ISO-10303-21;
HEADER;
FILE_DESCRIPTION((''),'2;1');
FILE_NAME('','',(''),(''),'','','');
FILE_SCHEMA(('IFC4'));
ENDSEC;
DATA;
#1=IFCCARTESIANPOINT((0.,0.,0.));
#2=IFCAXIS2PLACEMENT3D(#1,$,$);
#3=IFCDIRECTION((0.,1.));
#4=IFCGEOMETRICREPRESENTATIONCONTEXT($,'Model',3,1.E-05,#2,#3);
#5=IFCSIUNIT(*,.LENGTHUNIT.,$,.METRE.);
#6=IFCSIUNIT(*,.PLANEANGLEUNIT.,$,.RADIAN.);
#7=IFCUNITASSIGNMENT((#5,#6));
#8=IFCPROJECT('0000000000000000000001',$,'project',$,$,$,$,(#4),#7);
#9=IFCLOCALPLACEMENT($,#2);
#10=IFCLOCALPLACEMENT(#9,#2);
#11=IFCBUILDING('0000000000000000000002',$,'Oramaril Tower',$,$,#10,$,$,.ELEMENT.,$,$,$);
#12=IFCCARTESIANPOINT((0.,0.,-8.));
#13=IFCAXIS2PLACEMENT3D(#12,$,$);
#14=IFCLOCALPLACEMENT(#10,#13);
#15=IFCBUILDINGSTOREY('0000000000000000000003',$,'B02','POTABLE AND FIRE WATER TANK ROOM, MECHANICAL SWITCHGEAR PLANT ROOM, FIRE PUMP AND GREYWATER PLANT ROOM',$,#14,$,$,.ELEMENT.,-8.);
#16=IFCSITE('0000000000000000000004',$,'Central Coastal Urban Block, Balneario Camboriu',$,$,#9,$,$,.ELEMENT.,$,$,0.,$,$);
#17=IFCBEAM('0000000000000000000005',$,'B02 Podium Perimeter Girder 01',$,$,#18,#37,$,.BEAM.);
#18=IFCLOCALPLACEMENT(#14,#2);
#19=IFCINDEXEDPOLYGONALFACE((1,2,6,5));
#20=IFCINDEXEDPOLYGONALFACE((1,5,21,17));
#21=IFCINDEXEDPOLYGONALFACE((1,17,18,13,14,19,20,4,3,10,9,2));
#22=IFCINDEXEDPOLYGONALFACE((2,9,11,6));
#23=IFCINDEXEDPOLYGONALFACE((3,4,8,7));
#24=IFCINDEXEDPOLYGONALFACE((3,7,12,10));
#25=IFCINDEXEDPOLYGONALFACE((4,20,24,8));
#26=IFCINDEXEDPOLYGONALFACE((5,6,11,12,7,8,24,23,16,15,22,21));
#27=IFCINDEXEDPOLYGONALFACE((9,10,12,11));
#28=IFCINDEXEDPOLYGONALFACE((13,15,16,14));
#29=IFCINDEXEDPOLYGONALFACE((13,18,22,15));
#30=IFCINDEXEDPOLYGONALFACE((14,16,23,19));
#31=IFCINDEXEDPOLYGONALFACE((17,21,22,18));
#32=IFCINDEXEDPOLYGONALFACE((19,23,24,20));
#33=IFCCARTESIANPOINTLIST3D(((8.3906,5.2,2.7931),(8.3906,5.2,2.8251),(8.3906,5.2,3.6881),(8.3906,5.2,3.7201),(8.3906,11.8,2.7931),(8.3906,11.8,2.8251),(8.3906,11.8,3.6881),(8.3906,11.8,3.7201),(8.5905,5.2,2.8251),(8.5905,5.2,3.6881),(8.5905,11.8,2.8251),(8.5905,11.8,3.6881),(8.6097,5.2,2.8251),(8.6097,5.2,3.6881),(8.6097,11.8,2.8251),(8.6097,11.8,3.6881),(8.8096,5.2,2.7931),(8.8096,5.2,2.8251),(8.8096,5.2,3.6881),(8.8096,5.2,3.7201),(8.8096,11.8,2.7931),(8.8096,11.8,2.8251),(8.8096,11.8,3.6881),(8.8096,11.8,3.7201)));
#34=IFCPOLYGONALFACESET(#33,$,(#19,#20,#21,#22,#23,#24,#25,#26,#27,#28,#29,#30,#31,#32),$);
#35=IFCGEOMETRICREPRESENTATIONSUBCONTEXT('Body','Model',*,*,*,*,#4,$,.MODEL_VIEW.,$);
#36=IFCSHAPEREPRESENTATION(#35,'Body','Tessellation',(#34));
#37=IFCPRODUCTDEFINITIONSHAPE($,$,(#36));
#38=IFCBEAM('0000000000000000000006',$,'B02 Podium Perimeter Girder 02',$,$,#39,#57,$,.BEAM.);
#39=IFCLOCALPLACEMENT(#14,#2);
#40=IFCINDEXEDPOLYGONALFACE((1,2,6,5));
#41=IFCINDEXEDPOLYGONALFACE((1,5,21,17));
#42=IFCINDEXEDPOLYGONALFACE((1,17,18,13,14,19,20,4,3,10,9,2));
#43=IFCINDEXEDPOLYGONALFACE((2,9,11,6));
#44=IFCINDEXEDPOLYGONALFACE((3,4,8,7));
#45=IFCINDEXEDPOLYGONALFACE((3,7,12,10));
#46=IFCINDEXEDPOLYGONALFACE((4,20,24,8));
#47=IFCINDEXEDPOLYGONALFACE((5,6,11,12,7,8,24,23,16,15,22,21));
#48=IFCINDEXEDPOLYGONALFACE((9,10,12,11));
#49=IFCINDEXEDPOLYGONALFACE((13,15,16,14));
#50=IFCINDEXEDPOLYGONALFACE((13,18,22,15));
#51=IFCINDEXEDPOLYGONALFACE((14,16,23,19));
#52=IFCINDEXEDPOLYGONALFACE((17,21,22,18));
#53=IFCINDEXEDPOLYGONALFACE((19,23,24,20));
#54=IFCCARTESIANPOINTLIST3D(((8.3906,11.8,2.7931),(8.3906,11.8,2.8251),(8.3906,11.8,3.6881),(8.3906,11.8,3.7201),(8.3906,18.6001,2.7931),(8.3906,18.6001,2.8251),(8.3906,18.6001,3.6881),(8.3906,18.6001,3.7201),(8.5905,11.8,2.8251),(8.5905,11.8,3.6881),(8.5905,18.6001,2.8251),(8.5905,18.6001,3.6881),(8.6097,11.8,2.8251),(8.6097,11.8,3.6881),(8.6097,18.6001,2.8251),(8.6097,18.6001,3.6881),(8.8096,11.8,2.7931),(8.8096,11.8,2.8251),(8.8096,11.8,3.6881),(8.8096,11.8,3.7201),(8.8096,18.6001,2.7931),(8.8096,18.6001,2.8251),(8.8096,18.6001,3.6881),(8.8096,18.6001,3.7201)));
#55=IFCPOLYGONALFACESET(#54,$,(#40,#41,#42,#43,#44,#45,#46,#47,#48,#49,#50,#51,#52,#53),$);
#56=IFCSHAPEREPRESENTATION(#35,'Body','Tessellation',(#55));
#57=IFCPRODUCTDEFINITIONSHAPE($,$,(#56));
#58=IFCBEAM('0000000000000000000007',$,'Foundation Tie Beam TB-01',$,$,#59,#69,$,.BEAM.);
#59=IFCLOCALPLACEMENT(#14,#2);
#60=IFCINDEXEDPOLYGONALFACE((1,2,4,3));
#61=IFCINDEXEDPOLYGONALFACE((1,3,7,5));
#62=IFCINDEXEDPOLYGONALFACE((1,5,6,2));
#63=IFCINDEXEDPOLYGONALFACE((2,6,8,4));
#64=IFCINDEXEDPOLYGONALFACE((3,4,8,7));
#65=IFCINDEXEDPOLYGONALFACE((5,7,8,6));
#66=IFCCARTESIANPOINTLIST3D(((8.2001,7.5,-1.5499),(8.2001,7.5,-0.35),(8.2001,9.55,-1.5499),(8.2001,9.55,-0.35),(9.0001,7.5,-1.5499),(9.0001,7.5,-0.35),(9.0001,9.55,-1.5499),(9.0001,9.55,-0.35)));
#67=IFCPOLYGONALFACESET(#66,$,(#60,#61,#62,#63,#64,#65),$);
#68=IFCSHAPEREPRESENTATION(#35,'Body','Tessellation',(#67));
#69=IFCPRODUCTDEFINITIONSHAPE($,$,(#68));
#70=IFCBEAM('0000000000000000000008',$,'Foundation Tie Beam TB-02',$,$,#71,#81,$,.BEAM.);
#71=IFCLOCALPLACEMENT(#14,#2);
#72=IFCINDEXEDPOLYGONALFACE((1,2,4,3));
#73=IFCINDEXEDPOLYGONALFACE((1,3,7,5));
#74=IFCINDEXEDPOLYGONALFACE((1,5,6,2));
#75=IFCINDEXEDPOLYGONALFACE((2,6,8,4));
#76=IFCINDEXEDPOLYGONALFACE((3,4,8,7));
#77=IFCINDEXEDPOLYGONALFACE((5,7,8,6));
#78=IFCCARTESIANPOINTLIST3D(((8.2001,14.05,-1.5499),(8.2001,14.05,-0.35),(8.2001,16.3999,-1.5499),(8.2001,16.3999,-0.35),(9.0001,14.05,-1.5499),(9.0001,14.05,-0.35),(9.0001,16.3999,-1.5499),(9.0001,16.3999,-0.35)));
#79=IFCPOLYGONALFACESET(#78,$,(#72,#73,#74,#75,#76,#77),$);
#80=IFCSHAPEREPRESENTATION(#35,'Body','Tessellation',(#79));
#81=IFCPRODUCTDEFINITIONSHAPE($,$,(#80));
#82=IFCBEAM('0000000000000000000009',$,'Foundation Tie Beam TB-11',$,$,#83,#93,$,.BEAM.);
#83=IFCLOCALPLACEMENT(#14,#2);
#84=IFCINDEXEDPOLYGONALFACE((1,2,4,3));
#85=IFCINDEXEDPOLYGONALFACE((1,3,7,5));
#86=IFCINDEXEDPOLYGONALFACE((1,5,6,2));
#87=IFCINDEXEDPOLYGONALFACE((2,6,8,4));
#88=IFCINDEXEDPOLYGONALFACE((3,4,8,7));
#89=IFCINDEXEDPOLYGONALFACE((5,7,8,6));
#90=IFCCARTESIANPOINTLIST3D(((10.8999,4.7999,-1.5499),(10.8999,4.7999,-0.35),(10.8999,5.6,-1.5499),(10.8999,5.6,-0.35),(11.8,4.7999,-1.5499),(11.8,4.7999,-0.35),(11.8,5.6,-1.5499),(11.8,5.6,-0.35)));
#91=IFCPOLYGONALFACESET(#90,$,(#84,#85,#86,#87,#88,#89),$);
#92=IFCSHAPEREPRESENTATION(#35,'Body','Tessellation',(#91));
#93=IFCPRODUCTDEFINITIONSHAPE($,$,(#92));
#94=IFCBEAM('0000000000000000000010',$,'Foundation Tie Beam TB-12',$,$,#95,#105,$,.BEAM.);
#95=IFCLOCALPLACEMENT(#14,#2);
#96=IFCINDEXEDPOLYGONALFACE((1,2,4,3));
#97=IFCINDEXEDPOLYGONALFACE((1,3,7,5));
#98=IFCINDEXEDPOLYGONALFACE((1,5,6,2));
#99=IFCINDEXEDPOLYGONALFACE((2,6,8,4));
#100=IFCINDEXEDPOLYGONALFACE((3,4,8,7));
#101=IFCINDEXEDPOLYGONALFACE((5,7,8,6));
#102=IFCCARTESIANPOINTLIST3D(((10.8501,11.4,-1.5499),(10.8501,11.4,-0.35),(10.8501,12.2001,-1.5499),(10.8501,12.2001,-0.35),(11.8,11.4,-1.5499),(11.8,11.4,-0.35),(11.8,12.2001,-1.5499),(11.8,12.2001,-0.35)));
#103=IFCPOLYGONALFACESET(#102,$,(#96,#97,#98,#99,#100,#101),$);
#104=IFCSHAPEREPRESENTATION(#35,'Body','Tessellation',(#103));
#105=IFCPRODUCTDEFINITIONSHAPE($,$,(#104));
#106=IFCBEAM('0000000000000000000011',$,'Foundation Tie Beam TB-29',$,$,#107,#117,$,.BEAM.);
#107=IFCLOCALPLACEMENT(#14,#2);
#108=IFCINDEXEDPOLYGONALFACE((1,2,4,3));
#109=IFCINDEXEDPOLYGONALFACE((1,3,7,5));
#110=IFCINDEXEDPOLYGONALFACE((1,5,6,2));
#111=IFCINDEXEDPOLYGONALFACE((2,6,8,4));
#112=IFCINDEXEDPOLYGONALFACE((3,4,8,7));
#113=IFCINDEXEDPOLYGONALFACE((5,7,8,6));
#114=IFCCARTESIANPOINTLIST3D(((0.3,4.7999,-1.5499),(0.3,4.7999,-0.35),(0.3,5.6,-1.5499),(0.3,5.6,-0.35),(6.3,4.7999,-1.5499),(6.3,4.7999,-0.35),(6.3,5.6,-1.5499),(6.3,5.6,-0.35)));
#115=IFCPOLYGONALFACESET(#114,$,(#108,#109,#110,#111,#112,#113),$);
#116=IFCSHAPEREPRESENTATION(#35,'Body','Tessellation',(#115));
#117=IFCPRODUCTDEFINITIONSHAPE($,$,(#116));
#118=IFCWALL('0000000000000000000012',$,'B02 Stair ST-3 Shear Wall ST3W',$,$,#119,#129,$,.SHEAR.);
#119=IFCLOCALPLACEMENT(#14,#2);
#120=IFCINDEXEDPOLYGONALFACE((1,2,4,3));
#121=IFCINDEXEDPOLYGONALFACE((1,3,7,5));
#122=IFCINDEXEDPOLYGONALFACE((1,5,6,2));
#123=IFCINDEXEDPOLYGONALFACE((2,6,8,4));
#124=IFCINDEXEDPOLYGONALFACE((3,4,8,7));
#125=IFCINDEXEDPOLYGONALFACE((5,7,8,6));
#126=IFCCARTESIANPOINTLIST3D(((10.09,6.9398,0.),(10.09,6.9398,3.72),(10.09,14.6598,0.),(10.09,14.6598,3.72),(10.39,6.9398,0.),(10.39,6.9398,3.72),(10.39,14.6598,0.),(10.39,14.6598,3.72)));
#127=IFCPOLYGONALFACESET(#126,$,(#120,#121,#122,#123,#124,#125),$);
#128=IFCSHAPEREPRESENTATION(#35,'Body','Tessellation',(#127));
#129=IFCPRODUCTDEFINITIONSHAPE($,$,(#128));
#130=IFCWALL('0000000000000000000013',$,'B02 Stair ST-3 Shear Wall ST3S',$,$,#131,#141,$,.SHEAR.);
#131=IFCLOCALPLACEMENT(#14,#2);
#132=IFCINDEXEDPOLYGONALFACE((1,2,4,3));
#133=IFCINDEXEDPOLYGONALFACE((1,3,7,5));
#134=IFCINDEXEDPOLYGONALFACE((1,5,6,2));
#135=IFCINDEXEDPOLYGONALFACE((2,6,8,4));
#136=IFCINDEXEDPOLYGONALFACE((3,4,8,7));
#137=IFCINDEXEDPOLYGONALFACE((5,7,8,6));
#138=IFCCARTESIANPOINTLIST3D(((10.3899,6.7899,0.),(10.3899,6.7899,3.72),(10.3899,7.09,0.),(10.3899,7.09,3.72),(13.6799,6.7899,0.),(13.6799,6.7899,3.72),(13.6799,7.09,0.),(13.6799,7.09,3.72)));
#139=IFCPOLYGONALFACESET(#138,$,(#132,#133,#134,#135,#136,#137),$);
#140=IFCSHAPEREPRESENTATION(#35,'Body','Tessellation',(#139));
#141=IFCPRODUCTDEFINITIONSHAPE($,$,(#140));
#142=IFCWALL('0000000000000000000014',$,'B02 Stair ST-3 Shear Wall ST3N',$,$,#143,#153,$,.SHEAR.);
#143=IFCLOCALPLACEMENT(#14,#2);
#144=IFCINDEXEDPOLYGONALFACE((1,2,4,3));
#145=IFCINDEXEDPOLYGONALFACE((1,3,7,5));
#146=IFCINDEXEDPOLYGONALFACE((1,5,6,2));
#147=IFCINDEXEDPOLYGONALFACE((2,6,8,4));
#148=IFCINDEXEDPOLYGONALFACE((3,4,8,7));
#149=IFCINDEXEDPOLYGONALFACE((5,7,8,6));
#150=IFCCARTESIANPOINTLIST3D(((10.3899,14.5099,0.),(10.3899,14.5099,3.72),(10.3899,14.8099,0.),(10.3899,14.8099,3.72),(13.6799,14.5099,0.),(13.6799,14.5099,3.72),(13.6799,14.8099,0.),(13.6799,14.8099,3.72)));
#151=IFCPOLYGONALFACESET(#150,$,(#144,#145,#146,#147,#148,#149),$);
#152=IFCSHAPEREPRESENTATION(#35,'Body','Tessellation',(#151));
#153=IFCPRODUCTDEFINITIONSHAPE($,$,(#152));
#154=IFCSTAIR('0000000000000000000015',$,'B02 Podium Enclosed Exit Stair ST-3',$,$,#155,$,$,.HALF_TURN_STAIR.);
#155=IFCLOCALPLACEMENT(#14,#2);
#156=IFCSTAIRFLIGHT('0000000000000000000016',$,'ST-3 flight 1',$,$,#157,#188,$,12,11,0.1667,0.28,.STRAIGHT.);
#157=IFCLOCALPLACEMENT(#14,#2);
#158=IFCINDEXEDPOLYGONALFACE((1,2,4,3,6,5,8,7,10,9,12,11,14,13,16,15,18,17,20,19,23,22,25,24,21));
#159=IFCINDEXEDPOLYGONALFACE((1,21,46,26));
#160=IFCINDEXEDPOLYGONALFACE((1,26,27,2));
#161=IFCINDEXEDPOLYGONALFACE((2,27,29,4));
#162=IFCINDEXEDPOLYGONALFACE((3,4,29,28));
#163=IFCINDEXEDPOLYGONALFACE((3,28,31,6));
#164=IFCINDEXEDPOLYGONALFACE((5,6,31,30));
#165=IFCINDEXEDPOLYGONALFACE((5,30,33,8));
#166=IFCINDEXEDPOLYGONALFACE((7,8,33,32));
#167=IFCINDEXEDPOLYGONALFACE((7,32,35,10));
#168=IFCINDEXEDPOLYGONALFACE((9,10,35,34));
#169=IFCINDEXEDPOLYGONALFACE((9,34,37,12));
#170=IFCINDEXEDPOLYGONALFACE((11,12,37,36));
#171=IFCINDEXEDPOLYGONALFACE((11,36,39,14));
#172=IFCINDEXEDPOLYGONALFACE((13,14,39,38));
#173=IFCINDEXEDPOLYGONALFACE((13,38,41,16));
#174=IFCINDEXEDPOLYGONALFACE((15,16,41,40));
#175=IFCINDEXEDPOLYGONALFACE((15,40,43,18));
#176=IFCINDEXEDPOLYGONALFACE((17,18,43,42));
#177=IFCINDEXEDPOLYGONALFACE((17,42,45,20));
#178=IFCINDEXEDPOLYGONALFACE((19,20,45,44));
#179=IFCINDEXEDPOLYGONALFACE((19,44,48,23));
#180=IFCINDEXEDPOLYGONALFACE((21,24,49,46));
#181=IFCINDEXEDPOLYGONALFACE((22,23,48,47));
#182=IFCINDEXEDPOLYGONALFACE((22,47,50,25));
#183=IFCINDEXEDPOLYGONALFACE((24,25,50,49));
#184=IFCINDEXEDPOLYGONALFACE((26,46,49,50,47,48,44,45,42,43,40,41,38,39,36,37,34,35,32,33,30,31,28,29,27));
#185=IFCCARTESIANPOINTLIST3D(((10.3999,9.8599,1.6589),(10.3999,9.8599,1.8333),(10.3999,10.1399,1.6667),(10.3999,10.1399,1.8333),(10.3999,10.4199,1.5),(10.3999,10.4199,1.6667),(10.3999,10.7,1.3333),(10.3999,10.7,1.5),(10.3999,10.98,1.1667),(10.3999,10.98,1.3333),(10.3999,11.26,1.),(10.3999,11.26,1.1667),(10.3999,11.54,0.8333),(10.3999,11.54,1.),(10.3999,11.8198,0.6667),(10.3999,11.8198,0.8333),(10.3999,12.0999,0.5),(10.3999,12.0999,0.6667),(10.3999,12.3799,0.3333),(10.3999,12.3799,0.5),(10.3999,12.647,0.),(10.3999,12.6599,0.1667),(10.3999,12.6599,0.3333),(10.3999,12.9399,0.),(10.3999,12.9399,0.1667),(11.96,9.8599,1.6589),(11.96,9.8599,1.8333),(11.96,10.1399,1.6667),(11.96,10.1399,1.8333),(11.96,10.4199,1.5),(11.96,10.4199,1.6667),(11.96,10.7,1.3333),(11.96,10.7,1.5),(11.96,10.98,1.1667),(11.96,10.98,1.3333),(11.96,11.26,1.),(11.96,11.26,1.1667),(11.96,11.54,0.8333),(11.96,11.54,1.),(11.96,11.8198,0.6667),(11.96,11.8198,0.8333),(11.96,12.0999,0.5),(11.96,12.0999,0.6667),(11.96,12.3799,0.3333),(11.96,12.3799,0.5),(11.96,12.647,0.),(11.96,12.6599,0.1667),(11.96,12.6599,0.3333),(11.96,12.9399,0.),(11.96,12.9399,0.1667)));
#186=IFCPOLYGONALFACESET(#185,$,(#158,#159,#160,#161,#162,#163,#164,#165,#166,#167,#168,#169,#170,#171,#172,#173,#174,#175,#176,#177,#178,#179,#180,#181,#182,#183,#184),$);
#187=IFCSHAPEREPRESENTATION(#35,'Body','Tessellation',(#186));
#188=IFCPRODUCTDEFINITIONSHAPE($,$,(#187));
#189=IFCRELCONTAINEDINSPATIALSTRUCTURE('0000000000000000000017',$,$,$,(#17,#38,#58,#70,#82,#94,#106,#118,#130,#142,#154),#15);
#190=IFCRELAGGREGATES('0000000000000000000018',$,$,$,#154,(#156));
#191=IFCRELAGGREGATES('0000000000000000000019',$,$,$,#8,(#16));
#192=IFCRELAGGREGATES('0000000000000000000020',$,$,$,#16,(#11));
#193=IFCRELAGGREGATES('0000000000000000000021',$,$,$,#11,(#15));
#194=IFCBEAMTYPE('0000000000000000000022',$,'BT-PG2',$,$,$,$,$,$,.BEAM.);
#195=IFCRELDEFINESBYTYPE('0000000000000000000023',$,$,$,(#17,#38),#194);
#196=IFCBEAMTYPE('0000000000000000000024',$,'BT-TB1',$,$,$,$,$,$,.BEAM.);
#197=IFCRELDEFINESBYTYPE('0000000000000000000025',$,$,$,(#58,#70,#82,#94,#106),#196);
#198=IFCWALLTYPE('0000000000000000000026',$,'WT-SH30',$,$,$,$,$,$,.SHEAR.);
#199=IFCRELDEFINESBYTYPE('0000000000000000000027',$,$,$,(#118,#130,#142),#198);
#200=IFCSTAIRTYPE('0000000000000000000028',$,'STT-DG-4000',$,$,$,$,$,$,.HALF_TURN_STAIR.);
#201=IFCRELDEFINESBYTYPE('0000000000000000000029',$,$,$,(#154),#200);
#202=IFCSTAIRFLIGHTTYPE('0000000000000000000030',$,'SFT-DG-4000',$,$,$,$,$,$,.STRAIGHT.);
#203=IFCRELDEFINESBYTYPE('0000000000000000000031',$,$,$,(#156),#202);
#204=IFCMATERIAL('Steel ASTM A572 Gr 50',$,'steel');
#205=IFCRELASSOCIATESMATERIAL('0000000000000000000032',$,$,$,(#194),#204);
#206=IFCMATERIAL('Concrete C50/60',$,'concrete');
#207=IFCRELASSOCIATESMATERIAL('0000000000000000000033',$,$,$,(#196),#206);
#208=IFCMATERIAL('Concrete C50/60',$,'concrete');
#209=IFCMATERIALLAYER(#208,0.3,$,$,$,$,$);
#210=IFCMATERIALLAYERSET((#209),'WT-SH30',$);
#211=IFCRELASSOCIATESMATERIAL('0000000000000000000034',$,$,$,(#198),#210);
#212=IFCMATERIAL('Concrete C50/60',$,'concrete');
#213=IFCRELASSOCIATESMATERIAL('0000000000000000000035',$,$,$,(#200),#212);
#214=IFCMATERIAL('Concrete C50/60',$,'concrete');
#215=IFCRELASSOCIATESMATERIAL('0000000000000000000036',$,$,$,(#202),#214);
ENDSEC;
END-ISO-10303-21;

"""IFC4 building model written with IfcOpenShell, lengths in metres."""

from ifc_helpers import new_model, si_unit, direction, frame, frame_2d, origin, origin_2d, place, context, subcontext, project, spatial, polyline, rectangle, i_section, outline, extrude, material, layer, layer_set, material_profile, profile_set, type_object, element, aggregate, save


model = new_model("IFC4")

# Units and contexts
model_context = context("Model", 3, precision=1e-05, world=origin(), true_north=direction((0.0, 1.0)))
body_context = subcontext(model_context, "Body", "Model", "MODEL_VIEW")
ifc_project = project(units=[si_unit("LENGTHUNIT", "METRE"), si_unit("PLANEANGLEUNIT", "RADIAN")], contexts=[model_context])

# Site, building, storey
site_placement = place(None, origin())
site = spatial("IfcSite", under=ifc_project, at=site_placement, Name="Central Coastal Urban Block, Balneario Camboriu", CompositionType="ELEMENT", RefElevation=0.0)
building_placement = place(site_placement, origin())
building = spatial("IfcBuilding", under=site, at=building_placement, Name="Oramaril Tower", CompositionType="ELEMENT")
storey_placement = place(building_placement, frame((0.0, 0.0, -8.0)))
storey = spatial("IfcBuildingStorey", under=building, at=storey_placement, Name="B02", Description="POTABLE AND FIRE WATER TANK ROOM, MECHANICAL SWITCHGEAR PLANT ROOM, FIRE PUMP AND GREYWATER PLANT ROOM", CompositionType="ELEMENT", Elevation=-8.0)

# Beams
ifc_material_1 = material(Name="Steel ASTM A572 Gr 50", Category="steel")
ifc_material_profile_1 = material_profile(ifc_material_1, i_section(OverallWidth=0.4189, OverallDepth=0.927, WebThickness=0.0193, FlangeThickness=0.032, at=origin_2d()), Name="W36X231")
ifc_profile_set_1 = profile_set([ifc_material_profile_1], Name="Steel ASTM A572 Gr 50")
beam_type_1 = type_object("IfcBeamType", Name="BT-PG2", PredefinedType="BEAM", material=ifc_profile_set_1)
beam_1_placement = place(storey_placement, frame((8.6001, 5.2, 3.2566), z_axis=(0.0, 1.0, 0.0), x_axis=(-1.0, 0.0, 0.0)))
element("IfcBeam", 1, at=beam_1_placement, inside=storey, type_object=beam_type_1, Name="B02 Podium Perimeter Girder 01", PredefinedType="BEAM", context=body_context, shape_type="SweptSolid", body=[
    extrude(i_section(OverallWidth=0.4189, OverallDepth=0.927, WebThickness=0.0193, FlangeThickness=0.032, at=origin_2d()), origin(), (0.0, 0.0, 1.0), 6.6001),
])
beam_2_placement = place(storey_placement, frame((8.6001, 11.8, 3.2566), z_axis=(0.0, 1.0, 0.0), x_axis=(-1.0, 0.0, 0.0)))
element("IfcBeam", 2, at=beam_2_placement, inside=storey, type_object=beam_type_1, Name="B02 Podium Perimeter Girder 02", PredefinedType="BEAM", context=body_context, shape_type="SweptSolid", body=[
    extrude(i_section(OverallWidth=0.4189, OverallDepth=0.927, WebThickness=0.0193, FlangeThickness=0.032, at=origin_2d()), origin(), (0.0, 0.0, 1.0), 6.8),
])
ifc_material_2 = material(Name="Concrete C50/60", Category="concrete")
ifc_material_profile_2 = material_profile(ifc_material_2, rectangle(XDim=0.8, YDim=1.2, at=origin_2d()), Name="TB800X1200")
ifc_profile_set_2 = profile_set([ifc_material_profile_2], Name="Concrete C50/60")
beam_type_2 = type_object("IfcBeamType", Name="BT-TB1", PredefinedType="BEAM", material=ifc_profile_set_2)
beam_3_placement = place(storey_placement, frame((8.6001, 7.5, -0.95), z_axis=(0.0, 1.0, 0.0), x_axis=(-1.0, 0.0, 0.0)))
element("IfcBeam", 3, at=beam_3_placement, inside=storey, type_object=beam_type_2, Name="Foundation Tie Beam TB-01", PredefinedType="BEAM", context=body_context, shape_type="SweptSolid", body=[
    extrude(rectangle(XDim=0.8, YDim=1.2, at=origin_2d()), origin(), (0.0, 0.0, 1.0), 2.05),
])
beam_4_placement = place(storey_placement, frame((8.6001, 14.05, -0.95), z_axis=(0.0, 1.0, 0.0), x_axis=(-1.0, 0.0, 0.0)))
element("IfcBeam", 4, at=beam_4_placement, inside=storey, type_object=beam_type_2, Name="Foundation Tie Beam TB-02", PredefinedType="BEAM", context=body_context, shape_type="SweptSolid", body=[
    extrude(rectangle(XDim=0.8, YDim=1.2, at=origin_2d()), origin(), (0.0, 0.0, 1.0), 2.3499),
])
beam_5_placement = place(storey_placement, frame((10.8999, 5.2, -0.95), z_axis=(1.0, 0.0, 0.0), x_axis=(0.0, 1.0, 0.0)))
element("IfcBeam", 5, at=beam_5_placement, inside=storey, type_object=beam_type_2, Name="Foundation Tie Beam TB-11", PredefinedType="BEAM", context=body_context, shape_type="SweptSolid", body=[
    extrude(rectangle(XDim=0.8, YDim=1.2, at=origin_2d()), origin(), (0.0, 0.0, 1.0), 0.9001),
])
beam_6_placement = place(storey_placement, frame((10.8501, 11.8, -0.95), z_axis=(1.0, 0.0, 0.0), x_axis=(0.0, 1.0, 0.0)))
element("IfcBeam", 6, at=beam_6_placement, inside=storey, type_object=beam_type_2, Name="Foundation Tie Beam TB-12", PredefinedType="BEAM", context=body_context, shape_type="SweptSolid", body=[
    extrude(rectangle(XDim=0.8, YDim=1.2, at=origin_2d()), origin(), (0.0, 0.0, 1.0), 0.95),
])
beam_7_placement = place(storey_placement, frame((0.3, 5.2, -0.95), z_axis=(1.0, 0.0, 0.0), x_axis=(0.0, 1.0, 0.0)))
element("IfcBeam", 7, at=beam_7_placement, inside=storey, type_object=beam_type_2, Name="Foundation Tie Beam TB-29", PredefinedType="BEAM", context=body_context, shape_type="SweptSolid", body=[
    extrude(rectangle(XDim=0.8, YDim=1.2, at=origin_2d()), origin(), (0.0, 0.0, 1.0), 6.0),
])

# Walls
ifc_material_3 = material(Name="Concrete C50/60", Category="concrete")
ifc_layer = layer(ifc_material_3, 0.3)
ifc_layer_set = layer_set([ifc_layer], Name="WT-SH30")
wall_type = type_object("IfcWallType", Name="WT-SH30", PredefinedType="SHEAR", material=ifc_layer_set)
wall_placement = place(storey_placement, frame((10.24, 6.9399, 0.0), z_axis=(0.0, 0.0, 1.0), x_axis=(0.0, 1.0, 0.0)))
element("IfcWall", 8, at=wall_placement, inside=storey, type_object=wall_type, Name="B02 Stair ST-3 Shear Wall ST3W", PredefinedType="SHEAR", context=body_context, shape_type="SweptSolid", body=[
    extrude(rectangle(XDim=7.72, YDim=0.3, at=frame_2d((3.8599, 0.0))), origin(), (0.0, 0.0, 1.0), 3.72),
])
for number, where, z_axis, x_axis, name in (
    (9, (10.3899, 6.9399, 0.0), (0.0, 0.0, 1.0), (1.0, 0.0, 0.0), "B02 Stair ST-3 Shear Wall ST3S"),
    (10, (10.3899, 14.6599, 0.0), (0.0, 0.0, 1.0), (1.0, 0.0, 0.0), "B02 Stair ST-3 Shear Wall ST3N"),
):
    element("IfcWall", number, at=place(storey_placement, frame(where, z_axis=z_axis, x_axis=x_axis)), inside=storey, type_object=wall_type, Name=name, PredefinedType="SHEAR", context=body_context, shape_type="SweptSolid", body=[
        extrude(rectangle(XDim=3.29, YDim=0.3, at=frame_2d((1.645, 0.0))), origin(), (0.0, 0.0, 1.0), 3.72),
    ])

# Stair, stair flight
ifc_material_4 = material(Name="Concrete C50/60", Category="concrete")
stair_type = type_object("IfcStairType", Name="STT-DG-4000", PredefinedType="HALF_TURN_STAIR", material=ifc_material_4)
stair_placement = place(storey_placement, origin())
stair = element("IfcStair", 11, at=stair_placement, inside=storey, type_object=stair_type, Name="B02 Podium Enclosed Exit Stair ST-3", PredefinedType="HALF_TURN_STAIR")
ifc_material_5 = material(Name="Concrete C50/60", Category="concrete")
stair_flight_type = type_object("IfcStairFlightType", Name="SFT-DG-4000", PredefinedType="STRAIGHT", material=ifc_material_5)
stair_flight_placement = place(storey_placement, frame((11.1799, 12.9399, 0.0), z_axis=(0.0, 0.0, 1.0), x_axis=(0.0, -1.0, 0.0)))
stair_flight = element("IfcStairFlight", 12, at=stair_flight_placement, type_object=stair_flight_type, Name="ST-3 flight 1", NumberOfRisers=12, NumberOfTreads=11, PredefinedType="STRAIGHT", RiserHeight=0.1667, TreadLength=0.28, context=body_context, shape_type="SweptSolid", body=[
    extrude(outline(polyline([(0.0, 0.0), (0.0, 0.1667), (0.28, 0.1667), (0.28, 0.3333), (0.5601, 0.3333), (0.5601, 0.5), (0.8401, 0.5), (0.8401, 0.6667), (1.1201, 0.6667), (1.1201, 0.8333), (1.3999, 0.8333), (1.3999, 1.0), (1.6799, 1.0), (1.6799, 1.1667), (1.96, 1.1667), (1.96, 1.3333), (2.24, 1.3333), (2.24, 1.5), (2.52, 1.5), (2.52, 1.6667), (2.8, 1.6667), (2.8, 1.8333), (3.0801, 1.8333), (3.0801, 2.0), (3.0801, 1.6589), (0.293, 0.0), (0.0, 0.0)])), frame((0.0, 0.78, 0.0), z_axis=(0.0, -1.0, 0.0), x_axis=(1.0, 0.0, 0.0)), (0.0, 0.0, 1.0), 1.5601),
])
aggregate(stair, [stair_flight])

save(model, "model.ifc")
